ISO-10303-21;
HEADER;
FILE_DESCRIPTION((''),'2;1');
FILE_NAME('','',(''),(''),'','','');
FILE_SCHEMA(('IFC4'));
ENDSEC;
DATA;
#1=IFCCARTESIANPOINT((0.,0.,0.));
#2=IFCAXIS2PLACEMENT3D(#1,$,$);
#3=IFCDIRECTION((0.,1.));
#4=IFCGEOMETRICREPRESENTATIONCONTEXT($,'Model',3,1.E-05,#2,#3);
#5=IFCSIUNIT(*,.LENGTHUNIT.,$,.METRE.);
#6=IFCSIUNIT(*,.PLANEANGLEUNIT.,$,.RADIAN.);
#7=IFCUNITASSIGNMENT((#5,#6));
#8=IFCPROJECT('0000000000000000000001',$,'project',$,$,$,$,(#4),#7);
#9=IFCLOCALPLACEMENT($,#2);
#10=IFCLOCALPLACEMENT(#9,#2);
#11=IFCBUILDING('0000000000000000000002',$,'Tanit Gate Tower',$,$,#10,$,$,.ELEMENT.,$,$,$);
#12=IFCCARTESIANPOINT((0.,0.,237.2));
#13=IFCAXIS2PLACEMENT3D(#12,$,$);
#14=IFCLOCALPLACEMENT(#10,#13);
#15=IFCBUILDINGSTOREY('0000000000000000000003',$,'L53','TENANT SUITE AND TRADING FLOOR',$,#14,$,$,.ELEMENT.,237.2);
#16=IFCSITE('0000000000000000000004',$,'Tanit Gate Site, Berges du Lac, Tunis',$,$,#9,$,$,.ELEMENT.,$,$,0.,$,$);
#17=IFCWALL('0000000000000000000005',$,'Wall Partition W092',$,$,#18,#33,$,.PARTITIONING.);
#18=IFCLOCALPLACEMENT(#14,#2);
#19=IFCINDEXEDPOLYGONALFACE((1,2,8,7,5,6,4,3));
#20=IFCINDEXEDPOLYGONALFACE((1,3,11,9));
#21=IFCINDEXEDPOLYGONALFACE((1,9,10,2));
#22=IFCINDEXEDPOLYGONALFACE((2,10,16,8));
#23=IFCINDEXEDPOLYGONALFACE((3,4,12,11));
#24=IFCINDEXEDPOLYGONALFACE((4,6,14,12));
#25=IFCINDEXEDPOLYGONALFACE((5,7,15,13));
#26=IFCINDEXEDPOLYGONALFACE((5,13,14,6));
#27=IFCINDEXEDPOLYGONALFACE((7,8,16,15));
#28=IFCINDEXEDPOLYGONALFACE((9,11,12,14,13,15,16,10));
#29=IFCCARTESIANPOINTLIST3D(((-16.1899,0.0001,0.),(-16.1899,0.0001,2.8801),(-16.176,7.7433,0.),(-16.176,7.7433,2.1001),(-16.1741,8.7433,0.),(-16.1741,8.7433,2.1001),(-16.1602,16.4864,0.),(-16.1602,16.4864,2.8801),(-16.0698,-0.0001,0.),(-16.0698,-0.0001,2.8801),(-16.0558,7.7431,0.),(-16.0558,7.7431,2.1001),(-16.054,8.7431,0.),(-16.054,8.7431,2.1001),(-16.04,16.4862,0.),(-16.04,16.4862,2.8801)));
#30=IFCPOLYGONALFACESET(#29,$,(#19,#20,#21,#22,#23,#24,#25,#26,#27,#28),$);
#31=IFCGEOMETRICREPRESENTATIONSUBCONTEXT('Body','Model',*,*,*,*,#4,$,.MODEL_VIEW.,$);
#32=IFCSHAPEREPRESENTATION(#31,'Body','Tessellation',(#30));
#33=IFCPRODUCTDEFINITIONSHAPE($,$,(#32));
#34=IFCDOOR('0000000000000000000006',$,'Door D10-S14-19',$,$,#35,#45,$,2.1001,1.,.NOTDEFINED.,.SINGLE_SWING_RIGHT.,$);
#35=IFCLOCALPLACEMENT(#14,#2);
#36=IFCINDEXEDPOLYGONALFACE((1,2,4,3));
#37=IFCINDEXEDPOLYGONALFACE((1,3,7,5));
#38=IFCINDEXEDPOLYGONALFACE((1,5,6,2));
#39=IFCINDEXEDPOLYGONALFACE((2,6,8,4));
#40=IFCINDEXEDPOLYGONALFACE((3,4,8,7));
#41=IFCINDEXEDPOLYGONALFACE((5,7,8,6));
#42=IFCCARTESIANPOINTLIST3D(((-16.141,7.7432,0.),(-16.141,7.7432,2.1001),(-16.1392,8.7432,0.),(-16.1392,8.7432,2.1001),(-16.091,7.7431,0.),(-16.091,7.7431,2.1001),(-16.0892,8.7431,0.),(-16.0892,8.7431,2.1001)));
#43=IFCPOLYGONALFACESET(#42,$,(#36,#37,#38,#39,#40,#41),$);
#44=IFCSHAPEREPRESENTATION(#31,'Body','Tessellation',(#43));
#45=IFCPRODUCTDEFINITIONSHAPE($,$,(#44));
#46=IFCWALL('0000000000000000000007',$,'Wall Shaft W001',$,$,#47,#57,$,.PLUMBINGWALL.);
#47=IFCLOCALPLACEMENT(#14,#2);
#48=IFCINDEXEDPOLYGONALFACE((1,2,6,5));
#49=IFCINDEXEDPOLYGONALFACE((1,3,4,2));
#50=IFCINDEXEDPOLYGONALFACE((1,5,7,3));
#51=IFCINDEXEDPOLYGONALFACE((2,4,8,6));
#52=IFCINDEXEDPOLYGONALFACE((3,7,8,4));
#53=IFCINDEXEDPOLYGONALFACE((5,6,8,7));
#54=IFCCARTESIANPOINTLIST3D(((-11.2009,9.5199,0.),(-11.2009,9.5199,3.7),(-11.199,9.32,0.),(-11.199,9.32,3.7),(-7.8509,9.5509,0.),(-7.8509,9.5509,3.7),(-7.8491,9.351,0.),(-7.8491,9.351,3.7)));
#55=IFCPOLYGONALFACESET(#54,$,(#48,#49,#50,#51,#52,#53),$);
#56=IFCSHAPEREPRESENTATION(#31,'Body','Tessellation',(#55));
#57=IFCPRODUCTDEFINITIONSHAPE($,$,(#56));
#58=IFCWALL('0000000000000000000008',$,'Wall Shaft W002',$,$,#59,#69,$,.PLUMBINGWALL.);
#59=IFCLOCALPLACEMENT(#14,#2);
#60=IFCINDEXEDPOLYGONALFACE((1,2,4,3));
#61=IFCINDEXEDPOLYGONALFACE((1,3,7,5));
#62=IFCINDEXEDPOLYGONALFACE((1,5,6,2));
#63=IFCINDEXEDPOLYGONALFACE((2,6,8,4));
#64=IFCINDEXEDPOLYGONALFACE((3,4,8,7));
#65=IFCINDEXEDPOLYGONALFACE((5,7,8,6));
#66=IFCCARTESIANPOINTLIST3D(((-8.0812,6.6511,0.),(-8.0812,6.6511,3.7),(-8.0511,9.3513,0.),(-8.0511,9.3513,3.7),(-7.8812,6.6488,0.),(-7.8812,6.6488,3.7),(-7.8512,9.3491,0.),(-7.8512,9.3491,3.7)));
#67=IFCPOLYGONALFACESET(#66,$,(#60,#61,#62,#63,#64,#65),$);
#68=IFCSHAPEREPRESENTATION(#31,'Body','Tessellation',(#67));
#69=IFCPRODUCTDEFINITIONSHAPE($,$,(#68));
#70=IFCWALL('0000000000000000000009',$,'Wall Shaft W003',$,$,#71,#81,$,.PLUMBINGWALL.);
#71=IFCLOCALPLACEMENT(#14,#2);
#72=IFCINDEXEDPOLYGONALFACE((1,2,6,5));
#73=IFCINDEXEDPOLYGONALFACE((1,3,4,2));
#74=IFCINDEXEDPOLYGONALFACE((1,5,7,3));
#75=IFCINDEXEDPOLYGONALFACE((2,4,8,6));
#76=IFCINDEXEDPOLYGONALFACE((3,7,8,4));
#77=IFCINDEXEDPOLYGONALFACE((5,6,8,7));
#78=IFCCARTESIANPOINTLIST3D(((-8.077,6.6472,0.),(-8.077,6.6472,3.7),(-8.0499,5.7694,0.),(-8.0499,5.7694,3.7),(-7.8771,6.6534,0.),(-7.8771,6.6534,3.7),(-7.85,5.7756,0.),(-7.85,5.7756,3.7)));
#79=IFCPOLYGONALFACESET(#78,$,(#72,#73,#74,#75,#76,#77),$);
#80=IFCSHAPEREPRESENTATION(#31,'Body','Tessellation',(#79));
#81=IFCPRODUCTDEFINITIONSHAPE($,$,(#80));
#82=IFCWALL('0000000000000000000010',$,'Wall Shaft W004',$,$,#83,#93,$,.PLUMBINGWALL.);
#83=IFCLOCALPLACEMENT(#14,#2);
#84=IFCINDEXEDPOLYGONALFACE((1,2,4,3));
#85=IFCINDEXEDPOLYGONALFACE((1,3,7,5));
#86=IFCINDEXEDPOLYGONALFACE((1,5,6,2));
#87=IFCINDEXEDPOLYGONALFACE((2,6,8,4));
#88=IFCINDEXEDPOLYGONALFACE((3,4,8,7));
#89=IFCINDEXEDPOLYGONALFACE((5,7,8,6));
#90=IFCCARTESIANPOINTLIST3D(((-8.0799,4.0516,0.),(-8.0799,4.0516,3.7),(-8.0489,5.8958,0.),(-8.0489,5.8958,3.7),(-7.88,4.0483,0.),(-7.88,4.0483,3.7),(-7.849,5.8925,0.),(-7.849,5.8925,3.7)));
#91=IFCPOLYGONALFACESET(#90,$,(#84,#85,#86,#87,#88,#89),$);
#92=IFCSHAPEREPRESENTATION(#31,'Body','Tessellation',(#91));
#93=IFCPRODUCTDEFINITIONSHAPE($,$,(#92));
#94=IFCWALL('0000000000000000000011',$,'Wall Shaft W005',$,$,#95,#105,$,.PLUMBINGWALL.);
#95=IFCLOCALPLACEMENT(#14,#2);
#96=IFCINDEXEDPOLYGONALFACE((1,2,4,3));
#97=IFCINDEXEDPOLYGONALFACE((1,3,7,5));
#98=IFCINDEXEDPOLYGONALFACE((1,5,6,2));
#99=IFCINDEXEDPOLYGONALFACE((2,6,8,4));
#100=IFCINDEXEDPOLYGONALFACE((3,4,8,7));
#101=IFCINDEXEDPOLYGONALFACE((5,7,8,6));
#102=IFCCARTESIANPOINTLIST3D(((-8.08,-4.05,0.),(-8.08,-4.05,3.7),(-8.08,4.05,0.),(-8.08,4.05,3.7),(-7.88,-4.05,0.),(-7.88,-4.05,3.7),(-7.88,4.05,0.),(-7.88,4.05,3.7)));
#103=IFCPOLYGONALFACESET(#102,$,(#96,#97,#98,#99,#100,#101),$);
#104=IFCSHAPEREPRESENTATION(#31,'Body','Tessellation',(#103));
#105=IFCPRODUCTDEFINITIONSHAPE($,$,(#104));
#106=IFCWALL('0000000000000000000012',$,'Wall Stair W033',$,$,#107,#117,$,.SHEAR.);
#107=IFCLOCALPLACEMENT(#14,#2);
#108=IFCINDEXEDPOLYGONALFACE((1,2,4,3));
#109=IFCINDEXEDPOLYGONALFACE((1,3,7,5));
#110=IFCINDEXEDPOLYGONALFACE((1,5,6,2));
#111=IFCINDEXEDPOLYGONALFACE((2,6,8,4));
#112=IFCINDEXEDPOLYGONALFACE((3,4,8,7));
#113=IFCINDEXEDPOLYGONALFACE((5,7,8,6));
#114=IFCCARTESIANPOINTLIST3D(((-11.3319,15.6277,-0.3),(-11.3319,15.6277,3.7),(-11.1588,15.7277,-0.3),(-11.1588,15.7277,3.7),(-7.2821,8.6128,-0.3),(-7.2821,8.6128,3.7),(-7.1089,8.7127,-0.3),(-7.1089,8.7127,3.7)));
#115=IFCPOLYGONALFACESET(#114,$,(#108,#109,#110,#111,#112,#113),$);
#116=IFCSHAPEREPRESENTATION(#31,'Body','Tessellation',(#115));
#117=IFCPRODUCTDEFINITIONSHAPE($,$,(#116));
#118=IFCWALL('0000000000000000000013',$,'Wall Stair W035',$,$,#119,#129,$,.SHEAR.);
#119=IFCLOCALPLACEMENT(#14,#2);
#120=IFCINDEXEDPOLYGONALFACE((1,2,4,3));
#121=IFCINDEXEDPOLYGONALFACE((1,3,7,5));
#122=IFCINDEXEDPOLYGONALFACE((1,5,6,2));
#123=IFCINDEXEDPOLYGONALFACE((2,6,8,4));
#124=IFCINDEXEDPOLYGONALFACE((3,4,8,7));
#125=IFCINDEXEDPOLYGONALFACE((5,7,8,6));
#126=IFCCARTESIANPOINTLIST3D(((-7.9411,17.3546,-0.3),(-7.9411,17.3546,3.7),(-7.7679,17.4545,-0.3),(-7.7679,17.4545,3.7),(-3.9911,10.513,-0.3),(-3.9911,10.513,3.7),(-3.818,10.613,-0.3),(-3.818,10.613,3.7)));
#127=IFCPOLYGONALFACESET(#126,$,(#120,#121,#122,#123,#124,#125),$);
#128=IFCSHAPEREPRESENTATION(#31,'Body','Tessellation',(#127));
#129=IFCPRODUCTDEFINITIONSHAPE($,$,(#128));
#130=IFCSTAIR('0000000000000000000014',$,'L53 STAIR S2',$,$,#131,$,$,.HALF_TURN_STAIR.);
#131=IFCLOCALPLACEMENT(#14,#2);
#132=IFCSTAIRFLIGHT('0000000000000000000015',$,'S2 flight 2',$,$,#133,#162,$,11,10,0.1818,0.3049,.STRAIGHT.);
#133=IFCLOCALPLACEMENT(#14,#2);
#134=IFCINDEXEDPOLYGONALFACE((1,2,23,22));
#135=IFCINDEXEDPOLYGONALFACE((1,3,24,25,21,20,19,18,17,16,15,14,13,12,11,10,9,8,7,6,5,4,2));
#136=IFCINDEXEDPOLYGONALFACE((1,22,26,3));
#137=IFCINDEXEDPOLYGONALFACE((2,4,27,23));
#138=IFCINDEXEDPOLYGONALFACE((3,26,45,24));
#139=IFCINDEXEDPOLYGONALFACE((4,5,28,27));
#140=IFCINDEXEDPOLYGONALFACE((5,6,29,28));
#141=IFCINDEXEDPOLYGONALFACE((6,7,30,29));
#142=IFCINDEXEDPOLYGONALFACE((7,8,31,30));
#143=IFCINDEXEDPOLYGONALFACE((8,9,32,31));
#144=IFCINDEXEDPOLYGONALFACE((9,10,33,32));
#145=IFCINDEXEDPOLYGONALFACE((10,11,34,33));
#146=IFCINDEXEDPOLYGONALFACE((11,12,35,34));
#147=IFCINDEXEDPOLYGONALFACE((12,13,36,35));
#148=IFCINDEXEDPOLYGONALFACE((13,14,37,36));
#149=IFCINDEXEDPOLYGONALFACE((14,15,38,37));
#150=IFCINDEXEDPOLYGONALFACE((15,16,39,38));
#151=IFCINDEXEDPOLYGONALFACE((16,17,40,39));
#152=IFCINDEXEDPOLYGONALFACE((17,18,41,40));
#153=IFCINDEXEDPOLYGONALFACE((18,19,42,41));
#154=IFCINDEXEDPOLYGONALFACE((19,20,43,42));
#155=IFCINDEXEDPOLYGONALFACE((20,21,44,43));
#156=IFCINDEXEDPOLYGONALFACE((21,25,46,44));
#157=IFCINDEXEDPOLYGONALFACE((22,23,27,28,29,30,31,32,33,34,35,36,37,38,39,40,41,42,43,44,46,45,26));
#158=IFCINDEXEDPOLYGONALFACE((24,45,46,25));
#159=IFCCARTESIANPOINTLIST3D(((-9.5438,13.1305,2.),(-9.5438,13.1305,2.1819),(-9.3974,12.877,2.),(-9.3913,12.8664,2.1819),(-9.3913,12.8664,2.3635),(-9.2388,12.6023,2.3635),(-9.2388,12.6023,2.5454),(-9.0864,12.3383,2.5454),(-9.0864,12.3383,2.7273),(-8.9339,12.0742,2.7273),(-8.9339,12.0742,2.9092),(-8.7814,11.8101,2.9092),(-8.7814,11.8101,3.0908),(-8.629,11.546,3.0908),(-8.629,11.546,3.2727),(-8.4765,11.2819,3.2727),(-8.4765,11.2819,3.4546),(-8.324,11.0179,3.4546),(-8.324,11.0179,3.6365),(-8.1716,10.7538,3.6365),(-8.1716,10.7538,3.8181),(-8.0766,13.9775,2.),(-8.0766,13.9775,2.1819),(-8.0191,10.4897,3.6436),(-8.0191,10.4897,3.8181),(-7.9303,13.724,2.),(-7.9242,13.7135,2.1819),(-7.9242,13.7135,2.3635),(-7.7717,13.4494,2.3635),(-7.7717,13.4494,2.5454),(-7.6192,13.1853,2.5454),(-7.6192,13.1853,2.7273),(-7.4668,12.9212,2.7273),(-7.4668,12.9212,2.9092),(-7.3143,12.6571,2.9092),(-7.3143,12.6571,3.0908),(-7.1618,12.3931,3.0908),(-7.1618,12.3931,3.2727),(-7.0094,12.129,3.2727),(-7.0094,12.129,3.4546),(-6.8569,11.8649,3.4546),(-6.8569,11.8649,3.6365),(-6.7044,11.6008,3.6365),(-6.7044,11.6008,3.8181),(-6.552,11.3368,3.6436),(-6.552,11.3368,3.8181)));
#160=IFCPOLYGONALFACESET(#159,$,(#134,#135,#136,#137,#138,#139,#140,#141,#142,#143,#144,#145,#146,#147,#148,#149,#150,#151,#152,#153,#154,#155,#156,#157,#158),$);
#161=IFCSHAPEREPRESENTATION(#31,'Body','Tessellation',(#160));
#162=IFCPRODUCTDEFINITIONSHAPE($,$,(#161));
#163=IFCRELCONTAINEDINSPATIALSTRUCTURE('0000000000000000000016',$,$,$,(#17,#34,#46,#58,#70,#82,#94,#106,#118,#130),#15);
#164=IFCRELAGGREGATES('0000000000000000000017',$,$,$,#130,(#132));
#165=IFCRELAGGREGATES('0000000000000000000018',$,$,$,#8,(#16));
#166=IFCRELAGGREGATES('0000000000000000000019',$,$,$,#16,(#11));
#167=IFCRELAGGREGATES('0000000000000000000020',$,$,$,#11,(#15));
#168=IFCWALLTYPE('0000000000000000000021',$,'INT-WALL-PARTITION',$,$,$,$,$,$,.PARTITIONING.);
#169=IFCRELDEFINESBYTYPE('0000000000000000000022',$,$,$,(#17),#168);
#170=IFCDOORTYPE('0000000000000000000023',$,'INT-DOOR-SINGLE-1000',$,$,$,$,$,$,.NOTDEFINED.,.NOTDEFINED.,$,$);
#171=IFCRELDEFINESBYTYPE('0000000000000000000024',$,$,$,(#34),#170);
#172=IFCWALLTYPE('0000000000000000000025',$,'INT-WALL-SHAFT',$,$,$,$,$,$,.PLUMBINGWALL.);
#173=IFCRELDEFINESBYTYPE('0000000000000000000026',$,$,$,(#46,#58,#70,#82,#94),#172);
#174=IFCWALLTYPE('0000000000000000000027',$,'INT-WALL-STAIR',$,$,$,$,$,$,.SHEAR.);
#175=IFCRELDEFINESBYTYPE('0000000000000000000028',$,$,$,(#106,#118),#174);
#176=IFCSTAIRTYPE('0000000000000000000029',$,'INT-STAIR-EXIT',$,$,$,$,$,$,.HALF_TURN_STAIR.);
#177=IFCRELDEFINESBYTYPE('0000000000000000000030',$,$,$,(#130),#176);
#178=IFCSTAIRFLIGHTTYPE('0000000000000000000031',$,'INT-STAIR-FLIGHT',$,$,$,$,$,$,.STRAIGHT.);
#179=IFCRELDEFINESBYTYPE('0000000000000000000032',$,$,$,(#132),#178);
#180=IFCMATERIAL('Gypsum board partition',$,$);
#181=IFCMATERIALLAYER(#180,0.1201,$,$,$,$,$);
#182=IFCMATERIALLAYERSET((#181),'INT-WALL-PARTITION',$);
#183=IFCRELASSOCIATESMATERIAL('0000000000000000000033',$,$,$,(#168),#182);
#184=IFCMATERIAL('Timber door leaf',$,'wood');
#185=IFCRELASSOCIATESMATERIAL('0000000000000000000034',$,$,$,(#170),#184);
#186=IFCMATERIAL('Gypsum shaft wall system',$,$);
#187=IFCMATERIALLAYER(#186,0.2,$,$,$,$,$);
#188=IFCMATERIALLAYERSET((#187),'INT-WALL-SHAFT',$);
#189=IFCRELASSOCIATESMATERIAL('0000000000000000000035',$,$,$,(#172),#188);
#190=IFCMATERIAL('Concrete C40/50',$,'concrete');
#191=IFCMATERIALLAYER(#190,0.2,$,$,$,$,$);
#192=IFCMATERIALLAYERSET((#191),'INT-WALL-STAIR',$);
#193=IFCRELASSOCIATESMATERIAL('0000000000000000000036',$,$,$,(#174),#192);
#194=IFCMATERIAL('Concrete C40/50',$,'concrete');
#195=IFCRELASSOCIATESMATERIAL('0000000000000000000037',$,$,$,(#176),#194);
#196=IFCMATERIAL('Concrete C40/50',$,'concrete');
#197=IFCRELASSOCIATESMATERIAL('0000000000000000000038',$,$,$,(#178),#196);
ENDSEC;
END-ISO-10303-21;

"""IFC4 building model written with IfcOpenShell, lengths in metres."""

from ifc_helpers import new_model, si_unit, direction, frame, frame_2d, origin, place, context, subcontext, project, spatial, polyline, rectangle, outline, extrude, material, layer, layer_set, type_object, element, fill, aggregate, save


model = new_model("IFC4")

# Units and contexts
model_context = context("Model", 3, precision=1e-05, world=origin(), true_north=direction((0.0, 1.0)))
body_context = subcontext(model_context, "Body", "Model", "MODEL_VIEW")
ifc_project = project(units=[si_unit("LENGTHUNIT", "METRE"), si_unit("PLANEANGLEUNIT", "RADIAN")], contexts=[model_context])

# Site, building, storey
site_placement = place(None, origin())
site = spatial("IfcSite", under=ifc_project, at=site_placement, Name="Tanit Gate Site, Berges du Lac, Tunis", CompositionType="ELEMENT", RefElevation=0.0)
building_placement = place(site_placement, origin())
building = spatial("IfcBuilding", under=site, at=building_placement, Name="Tanit Gate Tower", CompositionType="ELEMENT")
storey_placement = place(building_placement, frame((0.0, 0.0, 237.2)))
storey = spatial("IfcBuildingStorey", under=building, at=storey_placement, Name="L53", Description="TENANT SUITE AND TRADING FLOOR", CompositionType="ELEMENT", Elevation=237.2)

# Wall, opening, door
ifc_material_1 = material(Name="Gypsum board partition")
ifc_layer_1 = layer(ifc_material_1, 0.1201)
ifc_layer_set_1 = layer_set([ifc_layer_1], Name="INT-WALL-PARTITION")
wall_type_1 = type_object("IfcWallType", Name="INT-WALL-PARTITION", PredefinedType="PARTITIONING", material=ifc_layer_set_1)
wall_1_placement = place(storey_placement, frame((-16.1001, 16.4863, 0.0), z_axis=(0.0, 0.0, 1.0), x_axis=(-0.001807, -0.999998, 0.0)))
wall_1 = element("IfcWall", 1, at=wall_1_placement, inside=storey, type_object=wall_type_1, Name="Wall Partition W092", PredefinedType="PARTITIONING", context=body_context, shape_type="SweptSolid", body=[
    extrude(rectangle(XDim=16.4863, YDim=0.1201, at=frame_2d((8.2432, 0.0))), origin(), (0.0, 0.0, 1.0), 2.8801),
])
opening_1_placement = place(wall_1_placement, frame((7.7432, 0.0, 0.0)))
opening_1 = element("IfcOpeningElement", 2, at=opening_1_placement, cuts=wall_1, PredefinedType="OPENING", context=body_context, shape_type="SweptSolid", body=[
    extrude(rectangle(XDim=1.0, YDim=2.1001, at=frame_2d((0.5, 1.05))), frame((0.0, 0.0701, 0.0), z_axis=(0.0, -1.0, 0.0), x_axis=(1.0, 0.0, 0.0)), (0.0, 0.0, 1.0), 0.1401),
])
ifc_material_2 = material(Name="Timber door leaf", Category="wood")
door_type_1 = type_object("IfcDoorType", Name="INT-DOOR-SINGLE-1000", OperationType="NOTDEFINED", PredefinedType="NOTDEFINED", material=ifc_material_2)
door_1_placement = place(opening_1_placement, origin())
door_1 = element("IfcDoor", 3, at=door_1_placement, inside=storey, type_object=door_type_1, Name="Door D10-S14-19", OperationType="SINGLE_SWING_RIGHT", OverallHeight=2.1001, OverallWidth=1.0, PredefinedType="NOTDEFINED", context=body_context, shape_type="SweptSolid", body=[
    extrude(rectangle(XDim=1.0, YDim=2.1001, at=frame_2d((0.5, 1.05))), frame((0.0, 0.0249, 0.0), z_axis=(0.0, -1.0, 0.0), x_axis=(1.0, 0.0, 0.0)), (0.0, 0.0, 1.0), 0.05),
])
fill(opening_1, door_1)

# Walls
ifc_material_3 = material(Name="Gypsum shaft wall system")
ifc_layer_2 = layer(ifc_material_3, 0.2)
ifc_layer_set_2 = layer_set([ifc_layer_2], Name="INT-WALL-SHAFT")
wall_type_2 = type_object("IfcWallType", Name="INT-WALL-SHAFT", PredefinedType="PLUMBINGWALL", material=ifc_layer_set_2)
wall_2_placement = place(storey_placement, frame((-11.2, 9.4199, 0.0), z_axis=(0.0, 0.0, 1.0), x_axis=(0.999957, 0.009255, 0.0)))
element("IfcWall", 4, at=wall_2_placement, inside=storey, type_object=wall_type_2, Name="Wall Shaft W001", PredefinedType="PLUMBINGWALL", context=body_context, shape_type="SweptSolid", body=[
    extrude(rectangle(XDim=3.3501, YDim=0.2, at=frame_2d((1.675, 0.0))), origin(), (0.0, 0.0, 1.0), 3.7),
])
wall_3_placement = place(storey_placement, frame((-7.9512, 9.3501, 0.0), z_axis=(0.0, 0.0, 1.0), x_axis=(-0.01112, -0.999938, 0.0)))
element("IfcWall", 5, at=wall_3_placement, inside=storey, type_object=wall_type_2, Name="Wall Shaft W002", PredefinedType="PLUMBINGWALL", context=body_context, shape_type="SweptSolid", body=[
    extrude(rectangle(XDim=2.7004, YDim=0.2, at=frame_2d((1.3501, 0.0))), origin(), (0.0, 0.0, 1.0), 3.7),
])
wall_4_placement = place(storey_placement, frame((-7.9771, 6.6501, 0.0), z_axis=(0.0, 0.0, 1.0), x_axis=(0.030862, -0.999524, 0.0)))
element("IfcWall", 6, at=wall_4_placement, inside=storey, type_object=wall_type_2, Name="Wall Shaft W003", PredefinedType="PLUMBINGWALL", context=body_context, shape_type="SweptSolid", body=[
    extrude(rectangle(XDim=0.8782, YDim=0.2, at=frame_2d((0.439, 0.0))), origin(), (0.0, 0.0, 1.0), 3.7),
])
wall_5_placement = place(storey_placement, frame((-7.949, 5.8943, 0.0), z_axis=(0.0, 0.0, 1.0), x_axis=(-0.01681, -0.999859, 0.0)))
element("IfcWall", 7, at=wall_5_placement, inside=storey, type_object=wall_type_2, Name="Wall Shaft W004", PredefinedType="PLUMBINGWALL", context=body_context, shape_type="SweptSolid", body=[
    extrude(rectangle(XDim=1.8445, YDim=0.2, at=frame_2d((0.9224, 0.0))), origin(), (0.0, 0.0, 1.0), 3.7),
])
wall_6_placement = place(storey_placement, frame((-7.98, 4.05, 0.0), z_axis=(0.0, 0.0, 1.0), x_axis=(0.0, -1.0, 0.0)))
element("IfcWall", 8, at=wall_6_placement, inside=storey, type_object=wall_type_2, Name="Wall Shaft W005", PredefinedType="PLUMBINGWALL", context=body_context, shape_type="SweptSolid", body=[
    extrude(rectangle(XDim=8.1001, YDim=0.2, at=frame_2d((4.05, 0.0))), origin(), (0.0, 0.0, 1.0), 3.7),
])
ifc_material_4 = material(Name="Concrete C40/50", Category="concrete")
ifc_layer_3 = layer(ifc_material_4, 0.2)
ifc_layer_set_3 = layer_set([ifc_layer_3], Name="INT-WALL-STAIR")
wall_type_3 = type_object("IfcWallType", Name="INT-WALL-STAIR", PredefinedType="SHEAR", material=ifc_layer_set_3)
wall_7_placement = place(storey_placement, frame((-11.2454, 15.6777, -0.3), z_axis=(0.0, 0.0, 1.0), x_axis=(0.499977, -0.866039, 0.0)))
element("IfcWall", 9, at=wall_7_placement, inside=storey, type_object=wall_type_3, Name="Wall Stair W033", PredefinedType="SHEAR", context=body_context, shape_type="SweptSolid", body=[
    extrude(rectangle(XDim=8.1001, YDim=0.2, at=frame_2d((4.05, 0.0))), origin(), (0.0, 0.0, 1.0), 4.0),
])
wall_8_placement = place(storey_placement, frame((-7.8545, 17.4045, -0.3), z_axis=(0.0, 0.0, 1.0), x_axis=(0.499998, -0.866027, 0.0)))
element("IfcWall", 10, at=wall_8_placement, inside=storey, type_object=wall_type_3, Name="Wall Stair W035", PredefinedType="SHEAR", context=body_context, shape_type="SweptSolid", body=[
    extrude(rectangle(XDim=7.8999, YDim=0.2, at=frame_2d((3.95, 0.0))), origin(), (0.0, 0.0, 1.0), 4.0),
])

# Stair, stair flight
ifc_material_5 = material(Name="Concrete C40/50", Category="concrete")
stair_type = type_object("IfcStairType", Name="INT-STAIR-EXIT", PredefinedType="HALF_TURN_STAIR", material=ifc_material_5)
stair_placement = place(storey_placement, origin())
stair = element("IfcStair", 11, at=stair_placement, inside=storey, type_object=stair_type, Name="L53 STAIR S2", PredefinedType="HALF_TURN_STAIR")
ifc_material_6 = material(Name="Concrete C40/50", Category="concrete")
stair_flight_type = type_object("IfcStairFlightType", Name="INT-STAIR-FLIGHT", PredefinedType="STRAIGHT", material=ifc_material_6)
stair_flight_placement = place(storey_placement, frame((-8.8103, 13.554, 2.0), z_axis=(0.0, 0.0, 1.0), x_axis=(0.5, -0.866025, 0.0)))
stair_flight = element("IfcStairFlight", 12, at=stair_flight_placement, type_object=stair_flight_type, Name="S2 flight 2", NumberOfRisers=11, NumberOfTreads=10, PredefinedType="STRAIGHT", RiserHeight=0.1818, TreadLength=0.3049, context=body_context, shape_type="SweptSolid", body=[
    extrude(outline(polyline([(0.0, 0.0), (0.0, 0.1819), (0.3049, 0.1819), (0.3049, 0.3635), (0.6099, 0.3635), (0.6099, 0.5454), (0.9148, 0.5454), (0.9148, 0.7273), (1.2197, 0.7273), (1.2197, 0.9092), (1.5247, 0.9092), (1.5247, 1.0908), (1.8296, 1.0908), (1.8296, 1.2727), (2.1345, 1.2727), (2.1345, 1.4546), (2.4395, 1.4546), (2.4395, 1.6365), (2.7444, 1.6365), (2.7444, 1.8181), (3.0493, 1.8181), (3.0493, 2.0), (3.0493, 1.6436), (0.2927, 0.0), (0.0, 0.0)])), frame((0.0, 0.8472, 0.0), z_axis=(0.0, -1.0, 0.0), x_axis=(1.0, 0.0, 0.0)), (0.0, 0.0, 1.0), 1.6941),
])
aggregate(stair, [stair_flight])

save(model, "model.ifc")
